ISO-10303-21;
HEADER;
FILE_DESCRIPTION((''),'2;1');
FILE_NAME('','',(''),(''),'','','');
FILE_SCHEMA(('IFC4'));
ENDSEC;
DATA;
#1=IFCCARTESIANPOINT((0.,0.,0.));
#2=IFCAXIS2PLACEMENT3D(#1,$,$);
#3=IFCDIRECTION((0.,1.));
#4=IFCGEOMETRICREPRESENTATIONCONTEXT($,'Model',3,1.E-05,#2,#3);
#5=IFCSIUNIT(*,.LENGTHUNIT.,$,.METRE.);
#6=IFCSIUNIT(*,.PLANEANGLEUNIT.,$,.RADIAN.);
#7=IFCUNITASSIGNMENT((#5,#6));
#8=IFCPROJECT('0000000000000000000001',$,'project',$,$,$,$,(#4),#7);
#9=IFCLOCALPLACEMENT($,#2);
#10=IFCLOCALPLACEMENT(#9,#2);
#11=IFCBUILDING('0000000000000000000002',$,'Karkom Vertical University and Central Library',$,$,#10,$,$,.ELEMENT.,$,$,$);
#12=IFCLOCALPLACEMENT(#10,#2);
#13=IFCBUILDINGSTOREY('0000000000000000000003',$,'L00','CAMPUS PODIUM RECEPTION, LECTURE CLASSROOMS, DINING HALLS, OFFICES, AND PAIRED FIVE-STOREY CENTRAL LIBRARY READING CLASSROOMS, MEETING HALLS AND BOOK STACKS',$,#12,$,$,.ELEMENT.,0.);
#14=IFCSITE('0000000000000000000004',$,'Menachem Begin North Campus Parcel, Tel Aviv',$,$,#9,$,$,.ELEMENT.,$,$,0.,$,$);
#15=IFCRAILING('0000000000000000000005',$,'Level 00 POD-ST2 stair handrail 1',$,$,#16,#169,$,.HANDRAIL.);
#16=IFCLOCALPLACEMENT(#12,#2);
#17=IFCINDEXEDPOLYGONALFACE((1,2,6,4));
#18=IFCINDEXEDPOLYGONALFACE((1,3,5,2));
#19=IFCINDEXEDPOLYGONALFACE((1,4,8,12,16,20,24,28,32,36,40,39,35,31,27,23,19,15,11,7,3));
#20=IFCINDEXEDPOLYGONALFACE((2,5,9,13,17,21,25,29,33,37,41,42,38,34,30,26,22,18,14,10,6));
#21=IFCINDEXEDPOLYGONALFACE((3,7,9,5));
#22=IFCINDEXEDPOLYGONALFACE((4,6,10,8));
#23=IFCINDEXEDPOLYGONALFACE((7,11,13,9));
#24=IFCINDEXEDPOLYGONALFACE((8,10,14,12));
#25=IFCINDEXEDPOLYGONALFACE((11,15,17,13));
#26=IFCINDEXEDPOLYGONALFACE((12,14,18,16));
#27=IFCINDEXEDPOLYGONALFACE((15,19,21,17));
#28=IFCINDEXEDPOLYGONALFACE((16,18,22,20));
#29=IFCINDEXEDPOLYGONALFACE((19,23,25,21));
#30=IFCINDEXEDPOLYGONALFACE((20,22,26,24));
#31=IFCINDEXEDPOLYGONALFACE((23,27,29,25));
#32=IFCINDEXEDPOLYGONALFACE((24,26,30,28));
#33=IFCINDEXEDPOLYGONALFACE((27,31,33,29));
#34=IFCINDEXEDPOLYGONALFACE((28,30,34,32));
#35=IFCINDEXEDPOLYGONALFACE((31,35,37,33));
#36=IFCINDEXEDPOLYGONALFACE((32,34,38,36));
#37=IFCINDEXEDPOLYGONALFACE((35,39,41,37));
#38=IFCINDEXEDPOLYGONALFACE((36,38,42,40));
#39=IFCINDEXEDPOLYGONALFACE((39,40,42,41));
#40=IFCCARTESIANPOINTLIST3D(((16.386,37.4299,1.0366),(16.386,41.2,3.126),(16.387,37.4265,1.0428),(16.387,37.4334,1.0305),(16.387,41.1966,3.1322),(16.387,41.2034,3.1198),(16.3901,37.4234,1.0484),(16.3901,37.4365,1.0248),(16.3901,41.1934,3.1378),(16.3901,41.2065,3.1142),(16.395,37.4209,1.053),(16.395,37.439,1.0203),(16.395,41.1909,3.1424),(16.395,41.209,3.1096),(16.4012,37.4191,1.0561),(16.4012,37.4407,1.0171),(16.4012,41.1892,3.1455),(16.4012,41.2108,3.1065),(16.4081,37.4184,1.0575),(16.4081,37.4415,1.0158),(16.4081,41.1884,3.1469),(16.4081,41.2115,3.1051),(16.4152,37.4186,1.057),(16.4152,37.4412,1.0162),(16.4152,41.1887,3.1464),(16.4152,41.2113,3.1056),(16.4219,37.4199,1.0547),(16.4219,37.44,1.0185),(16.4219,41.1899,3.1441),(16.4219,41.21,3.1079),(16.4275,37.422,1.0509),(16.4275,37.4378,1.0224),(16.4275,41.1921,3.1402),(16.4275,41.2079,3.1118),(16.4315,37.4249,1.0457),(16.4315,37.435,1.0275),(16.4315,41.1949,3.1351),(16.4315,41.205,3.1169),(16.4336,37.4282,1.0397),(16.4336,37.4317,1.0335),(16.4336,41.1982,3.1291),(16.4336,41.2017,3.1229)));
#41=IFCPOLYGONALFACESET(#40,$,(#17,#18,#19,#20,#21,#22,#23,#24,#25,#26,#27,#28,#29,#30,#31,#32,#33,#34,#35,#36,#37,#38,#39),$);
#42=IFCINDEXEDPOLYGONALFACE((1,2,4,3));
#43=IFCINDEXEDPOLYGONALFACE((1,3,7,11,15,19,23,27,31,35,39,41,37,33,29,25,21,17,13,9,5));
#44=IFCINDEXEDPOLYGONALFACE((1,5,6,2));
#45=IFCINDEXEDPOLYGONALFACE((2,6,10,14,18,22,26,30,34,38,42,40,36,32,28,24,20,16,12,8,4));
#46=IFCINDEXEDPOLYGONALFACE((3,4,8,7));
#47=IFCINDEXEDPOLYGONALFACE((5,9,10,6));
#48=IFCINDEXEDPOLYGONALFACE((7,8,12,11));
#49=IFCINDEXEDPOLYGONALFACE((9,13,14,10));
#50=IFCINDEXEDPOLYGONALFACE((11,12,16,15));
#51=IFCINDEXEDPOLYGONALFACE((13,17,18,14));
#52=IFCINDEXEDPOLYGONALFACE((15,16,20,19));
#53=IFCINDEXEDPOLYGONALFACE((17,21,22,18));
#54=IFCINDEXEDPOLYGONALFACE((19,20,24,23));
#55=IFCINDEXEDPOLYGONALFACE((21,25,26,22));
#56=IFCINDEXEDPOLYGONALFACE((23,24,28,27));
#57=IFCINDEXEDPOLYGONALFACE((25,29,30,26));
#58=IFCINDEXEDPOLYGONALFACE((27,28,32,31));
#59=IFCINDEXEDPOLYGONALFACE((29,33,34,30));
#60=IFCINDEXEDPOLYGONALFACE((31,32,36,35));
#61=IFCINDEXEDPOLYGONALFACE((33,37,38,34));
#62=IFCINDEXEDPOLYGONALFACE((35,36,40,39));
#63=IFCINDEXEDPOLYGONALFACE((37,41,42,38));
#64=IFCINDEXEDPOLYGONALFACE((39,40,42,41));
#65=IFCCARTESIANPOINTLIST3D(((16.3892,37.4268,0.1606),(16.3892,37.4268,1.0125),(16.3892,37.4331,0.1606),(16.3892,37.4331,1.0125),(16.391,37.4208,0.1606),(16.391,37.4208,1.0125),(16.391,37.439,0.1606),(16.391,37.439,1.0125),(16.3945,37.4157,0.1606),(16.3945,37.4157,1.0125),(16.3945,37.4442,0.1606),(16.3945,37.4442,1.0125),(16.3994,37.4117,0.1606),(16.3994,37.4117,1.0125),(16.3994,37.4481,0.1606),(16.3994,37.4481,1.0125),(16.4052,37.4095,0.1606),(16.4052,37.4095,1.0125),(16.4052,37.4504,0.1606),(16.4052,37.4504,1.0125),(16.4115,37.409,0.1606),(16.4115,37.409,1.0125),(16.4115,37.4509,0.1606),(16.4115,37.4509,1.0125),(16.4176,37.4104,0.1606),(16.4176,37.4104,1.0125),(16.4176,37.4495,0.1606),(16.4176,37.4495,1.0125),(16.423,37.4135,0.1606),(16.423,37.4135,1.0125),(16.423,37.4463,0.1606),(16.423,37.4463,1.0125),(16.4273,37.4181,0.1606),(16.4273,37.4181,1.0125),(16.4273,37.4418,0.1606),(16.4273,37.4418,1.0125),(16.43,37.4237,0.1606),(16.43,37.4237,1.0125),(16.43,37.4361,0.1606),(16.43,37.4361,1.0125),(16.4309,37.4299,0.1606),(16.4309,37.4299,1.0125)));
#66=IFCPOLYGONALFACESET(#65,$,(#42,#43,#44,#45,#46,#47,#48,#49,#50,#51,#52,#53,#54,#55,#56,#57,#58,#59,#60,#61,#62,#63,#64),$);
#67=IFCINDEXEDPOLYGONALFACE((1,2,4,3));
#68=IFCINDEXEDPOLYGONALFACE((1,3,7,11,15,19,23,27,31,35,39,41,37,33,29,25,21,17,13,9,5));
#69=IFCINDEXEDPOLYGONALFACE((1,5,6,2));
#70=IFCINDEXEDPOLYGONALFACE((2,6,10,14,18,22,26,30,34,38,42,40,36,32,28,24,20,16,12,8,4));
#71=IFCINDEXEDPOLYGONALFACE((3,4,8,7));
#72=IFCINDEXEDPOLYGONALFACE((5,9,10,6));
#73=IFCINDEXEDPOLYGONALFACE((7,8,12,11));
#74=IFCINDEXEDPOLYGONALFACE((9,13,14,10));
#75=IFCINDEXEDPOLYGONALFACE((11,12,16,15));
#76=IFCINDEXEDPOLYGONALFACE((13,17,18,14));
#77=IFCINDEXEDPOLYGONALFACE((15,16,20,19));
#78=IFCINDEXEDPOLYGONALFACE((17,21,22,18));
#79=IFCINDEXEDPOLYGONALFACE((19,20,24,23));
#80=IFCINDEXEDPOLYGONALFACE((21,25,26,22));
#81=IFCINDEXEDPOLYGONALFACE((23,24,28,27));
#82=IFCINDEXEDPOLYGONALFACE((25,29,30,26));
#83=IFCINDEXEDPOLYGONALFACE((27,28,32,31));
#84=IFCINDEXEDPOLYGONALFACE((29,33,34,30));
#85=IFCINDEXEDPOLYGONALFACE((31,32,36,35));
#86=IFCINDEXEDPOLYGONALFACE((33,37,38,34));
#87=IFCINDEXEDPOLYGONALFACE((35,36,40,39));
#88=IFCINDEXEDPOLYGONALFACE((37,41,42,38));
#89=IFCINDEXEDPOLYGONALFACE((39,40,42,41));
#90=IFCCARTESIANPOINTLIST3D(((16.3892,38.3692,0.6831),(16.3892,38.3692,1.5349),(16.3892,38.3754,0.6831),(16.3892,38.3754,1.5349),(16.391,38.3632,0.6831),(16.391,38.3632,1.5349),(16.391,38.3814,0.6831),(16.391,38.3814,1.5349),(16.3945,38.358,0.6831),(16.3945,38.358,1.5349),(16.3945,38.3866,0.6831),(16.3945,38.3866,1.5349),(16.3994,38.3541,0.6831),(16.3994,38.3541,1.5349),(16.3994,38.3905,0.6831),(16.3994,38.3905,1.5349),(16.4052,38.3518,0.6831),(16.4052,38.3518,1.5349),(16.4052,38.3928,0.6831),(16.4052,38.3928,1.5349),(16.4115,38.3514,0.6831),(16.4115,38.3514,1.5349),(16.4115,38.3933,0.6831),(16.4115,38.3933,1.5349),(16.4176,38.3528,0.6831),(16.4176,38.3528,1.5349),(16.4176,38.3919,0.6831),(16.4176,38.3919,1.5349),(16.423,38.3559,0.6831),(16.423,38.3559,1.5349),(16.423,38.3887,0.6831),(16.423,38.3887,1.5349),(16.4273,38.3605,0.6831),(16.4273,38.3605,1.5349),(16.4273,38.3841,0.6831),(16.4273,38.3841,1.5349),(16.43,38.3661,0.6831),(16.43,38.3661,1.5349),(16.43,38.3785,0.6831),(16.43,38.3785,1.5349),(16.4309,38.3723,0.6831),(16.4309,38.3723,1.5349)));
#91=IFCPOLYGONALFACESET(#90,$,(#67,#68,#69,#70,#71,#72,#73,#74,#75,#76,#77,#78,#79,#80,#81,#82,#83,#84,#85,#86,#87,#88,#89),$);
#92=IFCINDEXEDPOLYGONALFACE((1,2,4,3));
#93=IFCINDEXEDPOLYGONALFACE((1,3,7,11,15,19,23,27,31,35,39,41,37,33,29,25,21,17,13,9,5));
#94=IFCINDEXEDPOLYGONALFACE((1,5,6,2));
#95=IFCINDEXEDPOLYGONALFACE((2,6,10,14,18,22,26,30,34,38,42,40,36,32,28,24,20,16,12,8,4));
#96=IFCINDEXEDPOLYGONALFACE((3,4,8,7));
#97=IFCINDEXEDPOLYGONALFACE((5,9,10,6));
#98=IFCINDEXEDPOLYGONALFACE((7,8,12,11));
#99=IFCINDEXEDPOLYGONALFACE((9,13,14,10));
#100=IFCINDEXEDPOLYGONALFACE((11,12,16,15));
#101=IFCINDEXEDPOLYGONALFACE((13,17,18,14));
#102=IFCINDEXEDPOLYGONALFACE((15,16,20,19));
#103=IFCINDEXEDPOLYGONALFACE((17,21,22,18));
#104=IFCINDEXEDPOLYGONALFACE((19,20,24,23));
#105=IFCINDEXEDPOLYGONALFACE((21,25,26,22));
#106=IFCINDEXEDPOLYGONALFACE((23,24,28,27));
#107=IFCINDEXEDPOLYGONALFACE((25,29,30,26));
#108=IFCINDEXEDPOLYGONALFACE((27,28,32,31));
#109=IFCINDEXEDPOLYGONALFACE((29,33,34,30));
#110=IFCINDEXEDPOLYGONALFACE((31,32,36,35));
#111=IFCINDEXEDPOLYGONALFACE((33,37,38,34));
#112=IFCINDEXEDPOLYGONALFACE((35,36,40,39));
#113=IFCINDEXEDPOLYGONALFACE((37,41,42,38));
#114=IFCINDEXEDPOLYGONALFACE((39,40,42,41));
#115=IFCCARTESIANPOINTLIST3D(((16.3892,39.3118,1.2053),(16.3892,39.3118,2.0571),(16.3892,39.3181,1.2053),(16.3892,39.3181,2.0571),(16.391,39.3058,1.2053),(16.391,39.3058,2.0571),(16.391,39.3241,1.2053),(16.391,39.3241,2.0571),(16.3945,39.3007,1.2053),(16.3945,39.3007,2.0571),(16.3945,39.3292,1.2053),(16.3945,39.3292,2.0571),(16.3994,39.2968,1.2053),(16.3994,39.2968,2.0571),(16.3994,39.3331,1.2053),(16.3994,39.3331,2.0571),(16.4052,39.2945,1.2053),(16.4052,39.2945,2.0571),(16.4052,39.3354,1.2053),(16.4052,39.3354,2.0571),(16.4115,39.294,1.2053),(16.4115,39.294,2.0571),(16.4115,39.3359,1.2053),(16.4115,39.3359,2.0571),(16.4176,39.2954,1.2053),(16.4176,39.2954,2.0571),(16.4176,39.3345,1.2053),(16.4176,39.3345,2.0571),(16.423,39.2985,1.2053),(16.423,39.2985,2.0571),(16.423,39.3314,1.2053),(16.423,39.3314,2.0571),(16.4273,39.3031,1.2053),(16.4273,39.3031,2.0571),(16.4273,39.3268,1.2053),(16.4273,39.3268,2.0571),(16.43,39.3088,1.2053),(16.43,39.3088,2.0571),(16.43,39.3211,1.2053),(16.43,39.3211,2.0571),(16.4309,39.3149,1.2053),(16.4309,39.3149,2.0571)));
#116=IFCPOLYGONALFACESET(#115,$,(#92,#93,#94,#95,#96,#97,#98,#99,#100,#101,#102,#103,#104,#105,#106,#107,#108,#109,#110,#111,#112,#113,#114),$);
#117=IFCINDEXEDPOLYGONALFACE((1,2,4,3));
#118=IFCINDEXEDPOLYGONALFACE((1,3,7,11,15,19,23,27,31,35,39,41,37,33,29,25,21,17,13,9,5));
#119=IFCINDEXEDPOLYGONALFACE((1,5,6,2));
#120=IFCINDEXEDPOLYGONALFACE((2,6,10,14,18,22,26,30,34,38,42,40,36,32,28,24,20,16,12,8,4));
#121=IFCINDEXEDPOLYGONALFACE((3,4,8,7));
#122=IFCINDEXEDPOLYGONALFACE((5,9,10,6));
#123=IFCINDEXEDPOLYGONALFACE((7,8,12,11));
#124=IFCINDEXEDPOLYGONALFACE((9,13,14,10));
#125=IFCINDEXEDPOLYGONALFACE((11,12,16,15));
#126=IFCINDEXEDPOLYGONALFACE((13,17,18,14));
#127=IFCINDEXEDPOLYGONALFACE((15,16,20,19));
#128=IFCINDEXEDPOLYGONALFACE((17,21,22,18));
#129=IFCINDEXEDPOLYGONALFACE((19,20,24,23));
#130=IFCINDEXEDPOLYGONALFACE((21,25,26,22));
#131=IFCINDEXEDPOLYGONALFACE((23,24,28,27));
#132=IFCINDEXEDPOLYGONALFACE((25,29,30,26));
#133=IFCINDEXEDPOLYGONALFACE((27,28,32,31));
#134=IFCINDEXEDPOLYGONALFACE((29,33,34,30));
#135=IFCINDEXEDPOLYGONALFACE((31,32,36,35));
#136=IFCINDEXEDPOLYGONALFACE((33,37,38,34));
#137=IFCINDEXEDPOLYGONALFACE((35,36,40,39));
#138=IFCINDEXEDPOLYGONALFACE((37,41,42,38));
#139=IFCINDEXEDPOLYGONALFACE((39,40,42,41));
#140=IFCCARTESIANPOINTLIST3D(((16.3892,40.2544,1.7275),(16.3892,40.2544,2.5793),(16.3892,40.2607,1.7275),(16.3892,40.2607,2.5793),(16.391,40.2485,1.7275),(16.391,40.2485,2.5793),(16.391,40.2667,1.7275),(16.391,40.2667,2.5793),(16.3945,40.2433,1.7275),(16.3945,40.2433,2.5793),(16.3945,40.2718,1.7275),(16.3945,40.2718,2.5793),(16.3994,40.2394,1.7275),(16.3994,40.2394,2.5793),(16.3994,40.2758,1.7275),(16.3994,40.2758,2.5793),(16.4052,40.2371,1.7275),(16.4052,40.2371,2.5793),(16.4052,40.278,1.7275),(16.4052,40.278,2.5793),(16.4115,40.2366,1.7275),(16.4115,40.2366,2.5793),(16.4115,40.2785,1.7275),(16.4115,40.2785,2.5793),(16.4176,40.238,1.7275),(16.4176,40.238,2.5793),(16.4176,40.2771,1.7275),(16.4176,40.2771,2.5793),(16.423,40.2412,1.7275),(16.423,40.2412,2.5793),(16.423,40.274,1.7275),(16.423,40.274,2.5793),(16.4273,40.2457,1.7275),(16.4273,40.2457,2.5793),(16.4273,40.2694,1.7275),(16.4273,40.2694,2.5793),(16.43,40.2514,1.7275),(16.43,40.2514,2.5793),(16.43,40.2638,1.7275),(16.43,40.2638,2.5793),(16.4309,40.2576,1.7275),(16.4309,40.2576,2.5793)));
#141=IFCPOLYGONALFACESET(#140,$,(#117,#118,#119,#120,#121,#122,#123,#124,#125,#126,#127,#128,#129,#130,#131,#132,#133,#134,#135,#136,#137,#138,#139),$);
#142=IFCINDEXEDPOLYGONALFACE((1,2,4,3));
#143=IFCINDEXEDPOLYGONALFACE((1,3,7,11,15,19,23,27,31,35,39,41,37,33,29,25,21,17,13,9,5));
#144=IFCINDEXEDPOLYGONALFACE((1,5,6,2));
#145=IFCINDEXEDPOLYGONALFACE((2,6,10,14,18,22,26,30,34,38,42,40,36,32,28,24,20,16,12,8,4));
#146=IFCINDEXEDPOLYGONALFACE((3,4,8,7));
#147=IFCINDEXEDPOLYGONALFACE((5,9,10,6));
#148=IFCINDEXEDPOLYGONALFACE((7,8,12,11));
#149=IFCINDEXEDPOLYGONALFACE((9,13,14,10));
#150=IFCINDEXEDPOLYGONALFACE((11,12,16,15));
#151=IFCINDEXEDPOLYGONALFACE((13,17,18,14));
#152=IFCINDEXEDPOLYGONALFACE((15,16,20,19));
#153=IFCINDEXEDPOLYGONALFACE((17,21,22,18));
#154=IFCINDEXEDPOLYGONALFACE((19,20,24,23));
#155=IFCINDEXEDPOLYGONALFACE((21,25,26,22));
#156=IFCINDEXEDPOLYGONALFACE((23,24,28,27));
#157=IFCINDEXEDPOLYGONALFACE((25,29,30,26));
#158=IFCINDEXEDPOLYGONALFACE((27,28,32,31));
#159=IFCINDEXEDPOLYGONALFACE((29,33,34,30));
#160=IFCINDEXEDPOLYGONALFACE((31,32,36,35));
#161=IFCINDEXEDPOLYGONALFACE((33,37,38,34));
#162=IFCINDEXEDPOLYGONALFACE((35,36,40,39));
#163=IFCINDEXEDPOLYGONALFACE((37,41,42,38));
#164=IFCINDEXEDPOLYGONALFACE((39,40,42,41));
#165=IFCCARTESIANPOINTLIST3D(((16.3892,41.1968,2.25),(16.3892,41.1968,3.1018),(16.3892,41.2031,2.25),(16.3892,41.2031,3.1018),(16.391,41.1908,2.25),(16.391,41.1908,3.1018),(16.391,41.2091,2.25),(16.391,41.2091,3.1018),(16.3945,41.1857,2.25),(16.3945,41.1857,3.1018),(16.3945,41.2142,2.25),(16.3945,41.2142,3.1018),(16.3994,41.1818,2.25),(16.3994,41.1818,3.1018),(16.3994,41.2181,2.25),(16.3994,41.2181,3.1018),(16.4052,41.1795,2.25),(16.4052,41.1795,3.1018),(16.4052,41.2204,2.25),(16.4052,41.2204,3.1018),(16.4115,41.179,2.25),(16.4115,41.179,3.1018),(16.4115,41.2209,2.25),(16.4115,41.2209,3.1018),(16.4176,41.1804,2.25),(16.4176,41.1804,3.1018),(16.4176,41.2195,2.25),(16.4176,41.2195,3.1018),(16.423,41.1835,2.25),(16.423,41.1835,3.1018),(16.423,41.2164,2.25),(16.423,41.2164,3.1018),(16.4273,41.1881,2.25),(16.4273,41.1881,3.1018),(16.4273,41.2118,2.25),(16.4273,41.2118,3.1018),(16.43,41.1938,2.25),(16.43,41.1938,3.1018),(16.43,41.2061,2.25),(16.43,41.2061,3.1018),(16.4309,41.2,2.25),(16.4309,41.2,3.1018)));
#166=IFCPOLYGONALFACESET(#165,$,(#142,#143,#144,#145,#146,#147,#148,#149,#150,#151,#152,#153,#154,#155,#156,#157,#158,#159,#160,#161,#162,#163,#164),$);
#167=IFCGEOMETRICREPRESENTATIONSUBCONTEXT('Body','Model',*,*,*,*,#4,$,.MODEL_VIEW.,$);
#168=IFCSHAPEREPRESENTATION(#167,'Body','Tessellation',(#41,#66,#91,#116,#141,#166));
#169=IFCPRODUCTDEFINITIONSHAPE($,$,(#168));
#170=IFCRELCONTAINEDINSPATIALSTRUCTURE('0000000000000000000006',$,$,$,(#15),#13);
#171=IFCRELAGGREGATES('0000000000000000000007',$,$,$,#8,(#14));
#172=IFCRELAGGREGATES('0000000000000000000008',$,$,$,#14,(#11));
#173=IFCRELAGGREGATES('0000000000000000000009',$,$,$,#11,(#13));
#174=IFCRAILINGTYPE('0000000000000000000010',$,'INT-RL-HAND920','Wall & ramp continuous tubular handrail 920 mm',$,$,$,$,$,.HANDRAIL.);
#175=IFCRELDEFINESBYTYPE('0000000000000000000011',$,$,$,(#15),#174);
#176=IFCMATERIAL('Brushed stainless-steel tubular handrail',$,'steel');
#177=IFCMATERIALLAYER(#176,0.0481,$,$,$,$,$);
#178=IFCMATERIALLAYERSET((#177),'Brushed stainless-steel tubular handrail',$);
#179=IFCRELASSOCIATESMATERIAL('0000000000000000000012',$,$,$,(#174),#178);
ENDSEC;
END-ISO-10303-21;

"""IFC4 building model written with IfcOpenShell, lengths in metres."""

from ifc_helpers import new_model, si_unit, direction, frame, origin, origin_2d, place, context, subcontext, project, spatial, circle, extrude, material, layer, layer_set, type_object, element, save


model = new_model("IFC4")

# Units and contexts
model_context = context("Model", 3, precision=1e-05, world=origin(), true_north=direction((0.0, 1.0)))
body_context = subcontext(model_context, "Body", "Model", "MODEL_VIEW")
ifc_project = project(units=[si_unit("LENGTHUNIT", "METRE"), si_unit("PLANEANGLEUNIT", "RADIAN")], contexts=[model_context])

# Site, building, storey
site_placement = place(None, origin())
site = spatial("IfcSite", under=ifc_project, at=site_placement, Name="Menachem Begin North Campus Parcel, Tel Aviv", CompositionType="ELEMENT", RefElevation=0.0)
building_placement = place(site_placement, origin())
building = spatial("IfcBuilding", under=site, at=building_placement, Name="Karkom Vertical University and Central Library", CompositionType="ELEMENT")
storey_placement = place(building_placement, origin())
storey = spatial("IfcBuildingStorey", under=building, at=storey_placement, Name="L00", Description="CAMPUS PODIUM RECEPTION, LECTURE CLASSROOMS, DINING HALLS, OFFICES, AND PAIRED FIVE-STOREY CENTRAL LIBRARY READING CLASSROOMS, MEETING HALLS AND BOOK STACKS", CompositionType="ELEMENT", Elevation=0.0)

# Railing
ifc_material_1 = material(Name="Brushed stainless-steel tubular handrail", Category="steel")
ifc_layer_1 = layer(ifc_material_1, 0.0481)
ifc_layer_set_1 = layer_set([ifc_layer_1], Name="Brushed stainless-steel tubular handrail")
railing_type_1 = type_object("IfcRailingType", Name="INT-RL-HAND920", Description="Wall & ramp continuous tubular handrail 920 mm", PredefinedType="HANDRAIL", material=ifc_layer_set_1)
railing_1_placement = place(storey_placement, frame((16.4099, 37.4299, 0.1606)))
element("IfcRailing", 1, at=railing_1_placement, inside=storey, type_object=railing_type_1, Name="Level 00 POD-ST2 stair handrail 1", PredefinedType="HANDRAIL", context=body_context, shape_type="SweptSolid", body=[
    extrude(circle(Radius=0.0239, at=origin_2d()), frame((0.0, 0.0, 0.876), z_axis=(0.0, 0.874659, 0.484739), x_axis=(-1.0, 0.0, 0.0)), (0.0, 0.0, 1.0), 4.3103),
    extrude(circle(Radius=0.021, at=origin_2d()), origin(), (0.0, 0.0, 1.0), 0.8518),
    extrude(circle(Radius=0.021, at=origin_2d()), frame((0.0, 0.9424, 0.5225)), (0.0, 0.0, 1.0), 0.8518),
    extrude(circle(Radius=0.021, at=origin_2d()), frame((0.0, 1.885, 1.0447)), (0.0, 0.0, 1.0), 0.8518),
    extrude(circle(Radius=0.021, at=origin_2d()), frame((0.0, 2.8276, 1.5669)), (0.0, 0.0, 1.0), 0.8518),
    extrude(circle(Radius=0.021, at=origin_2d()), frame((0.0, 3.77, 2.0894)), (0.0, 0.0, 1.0), 0.8518),
])

save(model, "model.ifc")
